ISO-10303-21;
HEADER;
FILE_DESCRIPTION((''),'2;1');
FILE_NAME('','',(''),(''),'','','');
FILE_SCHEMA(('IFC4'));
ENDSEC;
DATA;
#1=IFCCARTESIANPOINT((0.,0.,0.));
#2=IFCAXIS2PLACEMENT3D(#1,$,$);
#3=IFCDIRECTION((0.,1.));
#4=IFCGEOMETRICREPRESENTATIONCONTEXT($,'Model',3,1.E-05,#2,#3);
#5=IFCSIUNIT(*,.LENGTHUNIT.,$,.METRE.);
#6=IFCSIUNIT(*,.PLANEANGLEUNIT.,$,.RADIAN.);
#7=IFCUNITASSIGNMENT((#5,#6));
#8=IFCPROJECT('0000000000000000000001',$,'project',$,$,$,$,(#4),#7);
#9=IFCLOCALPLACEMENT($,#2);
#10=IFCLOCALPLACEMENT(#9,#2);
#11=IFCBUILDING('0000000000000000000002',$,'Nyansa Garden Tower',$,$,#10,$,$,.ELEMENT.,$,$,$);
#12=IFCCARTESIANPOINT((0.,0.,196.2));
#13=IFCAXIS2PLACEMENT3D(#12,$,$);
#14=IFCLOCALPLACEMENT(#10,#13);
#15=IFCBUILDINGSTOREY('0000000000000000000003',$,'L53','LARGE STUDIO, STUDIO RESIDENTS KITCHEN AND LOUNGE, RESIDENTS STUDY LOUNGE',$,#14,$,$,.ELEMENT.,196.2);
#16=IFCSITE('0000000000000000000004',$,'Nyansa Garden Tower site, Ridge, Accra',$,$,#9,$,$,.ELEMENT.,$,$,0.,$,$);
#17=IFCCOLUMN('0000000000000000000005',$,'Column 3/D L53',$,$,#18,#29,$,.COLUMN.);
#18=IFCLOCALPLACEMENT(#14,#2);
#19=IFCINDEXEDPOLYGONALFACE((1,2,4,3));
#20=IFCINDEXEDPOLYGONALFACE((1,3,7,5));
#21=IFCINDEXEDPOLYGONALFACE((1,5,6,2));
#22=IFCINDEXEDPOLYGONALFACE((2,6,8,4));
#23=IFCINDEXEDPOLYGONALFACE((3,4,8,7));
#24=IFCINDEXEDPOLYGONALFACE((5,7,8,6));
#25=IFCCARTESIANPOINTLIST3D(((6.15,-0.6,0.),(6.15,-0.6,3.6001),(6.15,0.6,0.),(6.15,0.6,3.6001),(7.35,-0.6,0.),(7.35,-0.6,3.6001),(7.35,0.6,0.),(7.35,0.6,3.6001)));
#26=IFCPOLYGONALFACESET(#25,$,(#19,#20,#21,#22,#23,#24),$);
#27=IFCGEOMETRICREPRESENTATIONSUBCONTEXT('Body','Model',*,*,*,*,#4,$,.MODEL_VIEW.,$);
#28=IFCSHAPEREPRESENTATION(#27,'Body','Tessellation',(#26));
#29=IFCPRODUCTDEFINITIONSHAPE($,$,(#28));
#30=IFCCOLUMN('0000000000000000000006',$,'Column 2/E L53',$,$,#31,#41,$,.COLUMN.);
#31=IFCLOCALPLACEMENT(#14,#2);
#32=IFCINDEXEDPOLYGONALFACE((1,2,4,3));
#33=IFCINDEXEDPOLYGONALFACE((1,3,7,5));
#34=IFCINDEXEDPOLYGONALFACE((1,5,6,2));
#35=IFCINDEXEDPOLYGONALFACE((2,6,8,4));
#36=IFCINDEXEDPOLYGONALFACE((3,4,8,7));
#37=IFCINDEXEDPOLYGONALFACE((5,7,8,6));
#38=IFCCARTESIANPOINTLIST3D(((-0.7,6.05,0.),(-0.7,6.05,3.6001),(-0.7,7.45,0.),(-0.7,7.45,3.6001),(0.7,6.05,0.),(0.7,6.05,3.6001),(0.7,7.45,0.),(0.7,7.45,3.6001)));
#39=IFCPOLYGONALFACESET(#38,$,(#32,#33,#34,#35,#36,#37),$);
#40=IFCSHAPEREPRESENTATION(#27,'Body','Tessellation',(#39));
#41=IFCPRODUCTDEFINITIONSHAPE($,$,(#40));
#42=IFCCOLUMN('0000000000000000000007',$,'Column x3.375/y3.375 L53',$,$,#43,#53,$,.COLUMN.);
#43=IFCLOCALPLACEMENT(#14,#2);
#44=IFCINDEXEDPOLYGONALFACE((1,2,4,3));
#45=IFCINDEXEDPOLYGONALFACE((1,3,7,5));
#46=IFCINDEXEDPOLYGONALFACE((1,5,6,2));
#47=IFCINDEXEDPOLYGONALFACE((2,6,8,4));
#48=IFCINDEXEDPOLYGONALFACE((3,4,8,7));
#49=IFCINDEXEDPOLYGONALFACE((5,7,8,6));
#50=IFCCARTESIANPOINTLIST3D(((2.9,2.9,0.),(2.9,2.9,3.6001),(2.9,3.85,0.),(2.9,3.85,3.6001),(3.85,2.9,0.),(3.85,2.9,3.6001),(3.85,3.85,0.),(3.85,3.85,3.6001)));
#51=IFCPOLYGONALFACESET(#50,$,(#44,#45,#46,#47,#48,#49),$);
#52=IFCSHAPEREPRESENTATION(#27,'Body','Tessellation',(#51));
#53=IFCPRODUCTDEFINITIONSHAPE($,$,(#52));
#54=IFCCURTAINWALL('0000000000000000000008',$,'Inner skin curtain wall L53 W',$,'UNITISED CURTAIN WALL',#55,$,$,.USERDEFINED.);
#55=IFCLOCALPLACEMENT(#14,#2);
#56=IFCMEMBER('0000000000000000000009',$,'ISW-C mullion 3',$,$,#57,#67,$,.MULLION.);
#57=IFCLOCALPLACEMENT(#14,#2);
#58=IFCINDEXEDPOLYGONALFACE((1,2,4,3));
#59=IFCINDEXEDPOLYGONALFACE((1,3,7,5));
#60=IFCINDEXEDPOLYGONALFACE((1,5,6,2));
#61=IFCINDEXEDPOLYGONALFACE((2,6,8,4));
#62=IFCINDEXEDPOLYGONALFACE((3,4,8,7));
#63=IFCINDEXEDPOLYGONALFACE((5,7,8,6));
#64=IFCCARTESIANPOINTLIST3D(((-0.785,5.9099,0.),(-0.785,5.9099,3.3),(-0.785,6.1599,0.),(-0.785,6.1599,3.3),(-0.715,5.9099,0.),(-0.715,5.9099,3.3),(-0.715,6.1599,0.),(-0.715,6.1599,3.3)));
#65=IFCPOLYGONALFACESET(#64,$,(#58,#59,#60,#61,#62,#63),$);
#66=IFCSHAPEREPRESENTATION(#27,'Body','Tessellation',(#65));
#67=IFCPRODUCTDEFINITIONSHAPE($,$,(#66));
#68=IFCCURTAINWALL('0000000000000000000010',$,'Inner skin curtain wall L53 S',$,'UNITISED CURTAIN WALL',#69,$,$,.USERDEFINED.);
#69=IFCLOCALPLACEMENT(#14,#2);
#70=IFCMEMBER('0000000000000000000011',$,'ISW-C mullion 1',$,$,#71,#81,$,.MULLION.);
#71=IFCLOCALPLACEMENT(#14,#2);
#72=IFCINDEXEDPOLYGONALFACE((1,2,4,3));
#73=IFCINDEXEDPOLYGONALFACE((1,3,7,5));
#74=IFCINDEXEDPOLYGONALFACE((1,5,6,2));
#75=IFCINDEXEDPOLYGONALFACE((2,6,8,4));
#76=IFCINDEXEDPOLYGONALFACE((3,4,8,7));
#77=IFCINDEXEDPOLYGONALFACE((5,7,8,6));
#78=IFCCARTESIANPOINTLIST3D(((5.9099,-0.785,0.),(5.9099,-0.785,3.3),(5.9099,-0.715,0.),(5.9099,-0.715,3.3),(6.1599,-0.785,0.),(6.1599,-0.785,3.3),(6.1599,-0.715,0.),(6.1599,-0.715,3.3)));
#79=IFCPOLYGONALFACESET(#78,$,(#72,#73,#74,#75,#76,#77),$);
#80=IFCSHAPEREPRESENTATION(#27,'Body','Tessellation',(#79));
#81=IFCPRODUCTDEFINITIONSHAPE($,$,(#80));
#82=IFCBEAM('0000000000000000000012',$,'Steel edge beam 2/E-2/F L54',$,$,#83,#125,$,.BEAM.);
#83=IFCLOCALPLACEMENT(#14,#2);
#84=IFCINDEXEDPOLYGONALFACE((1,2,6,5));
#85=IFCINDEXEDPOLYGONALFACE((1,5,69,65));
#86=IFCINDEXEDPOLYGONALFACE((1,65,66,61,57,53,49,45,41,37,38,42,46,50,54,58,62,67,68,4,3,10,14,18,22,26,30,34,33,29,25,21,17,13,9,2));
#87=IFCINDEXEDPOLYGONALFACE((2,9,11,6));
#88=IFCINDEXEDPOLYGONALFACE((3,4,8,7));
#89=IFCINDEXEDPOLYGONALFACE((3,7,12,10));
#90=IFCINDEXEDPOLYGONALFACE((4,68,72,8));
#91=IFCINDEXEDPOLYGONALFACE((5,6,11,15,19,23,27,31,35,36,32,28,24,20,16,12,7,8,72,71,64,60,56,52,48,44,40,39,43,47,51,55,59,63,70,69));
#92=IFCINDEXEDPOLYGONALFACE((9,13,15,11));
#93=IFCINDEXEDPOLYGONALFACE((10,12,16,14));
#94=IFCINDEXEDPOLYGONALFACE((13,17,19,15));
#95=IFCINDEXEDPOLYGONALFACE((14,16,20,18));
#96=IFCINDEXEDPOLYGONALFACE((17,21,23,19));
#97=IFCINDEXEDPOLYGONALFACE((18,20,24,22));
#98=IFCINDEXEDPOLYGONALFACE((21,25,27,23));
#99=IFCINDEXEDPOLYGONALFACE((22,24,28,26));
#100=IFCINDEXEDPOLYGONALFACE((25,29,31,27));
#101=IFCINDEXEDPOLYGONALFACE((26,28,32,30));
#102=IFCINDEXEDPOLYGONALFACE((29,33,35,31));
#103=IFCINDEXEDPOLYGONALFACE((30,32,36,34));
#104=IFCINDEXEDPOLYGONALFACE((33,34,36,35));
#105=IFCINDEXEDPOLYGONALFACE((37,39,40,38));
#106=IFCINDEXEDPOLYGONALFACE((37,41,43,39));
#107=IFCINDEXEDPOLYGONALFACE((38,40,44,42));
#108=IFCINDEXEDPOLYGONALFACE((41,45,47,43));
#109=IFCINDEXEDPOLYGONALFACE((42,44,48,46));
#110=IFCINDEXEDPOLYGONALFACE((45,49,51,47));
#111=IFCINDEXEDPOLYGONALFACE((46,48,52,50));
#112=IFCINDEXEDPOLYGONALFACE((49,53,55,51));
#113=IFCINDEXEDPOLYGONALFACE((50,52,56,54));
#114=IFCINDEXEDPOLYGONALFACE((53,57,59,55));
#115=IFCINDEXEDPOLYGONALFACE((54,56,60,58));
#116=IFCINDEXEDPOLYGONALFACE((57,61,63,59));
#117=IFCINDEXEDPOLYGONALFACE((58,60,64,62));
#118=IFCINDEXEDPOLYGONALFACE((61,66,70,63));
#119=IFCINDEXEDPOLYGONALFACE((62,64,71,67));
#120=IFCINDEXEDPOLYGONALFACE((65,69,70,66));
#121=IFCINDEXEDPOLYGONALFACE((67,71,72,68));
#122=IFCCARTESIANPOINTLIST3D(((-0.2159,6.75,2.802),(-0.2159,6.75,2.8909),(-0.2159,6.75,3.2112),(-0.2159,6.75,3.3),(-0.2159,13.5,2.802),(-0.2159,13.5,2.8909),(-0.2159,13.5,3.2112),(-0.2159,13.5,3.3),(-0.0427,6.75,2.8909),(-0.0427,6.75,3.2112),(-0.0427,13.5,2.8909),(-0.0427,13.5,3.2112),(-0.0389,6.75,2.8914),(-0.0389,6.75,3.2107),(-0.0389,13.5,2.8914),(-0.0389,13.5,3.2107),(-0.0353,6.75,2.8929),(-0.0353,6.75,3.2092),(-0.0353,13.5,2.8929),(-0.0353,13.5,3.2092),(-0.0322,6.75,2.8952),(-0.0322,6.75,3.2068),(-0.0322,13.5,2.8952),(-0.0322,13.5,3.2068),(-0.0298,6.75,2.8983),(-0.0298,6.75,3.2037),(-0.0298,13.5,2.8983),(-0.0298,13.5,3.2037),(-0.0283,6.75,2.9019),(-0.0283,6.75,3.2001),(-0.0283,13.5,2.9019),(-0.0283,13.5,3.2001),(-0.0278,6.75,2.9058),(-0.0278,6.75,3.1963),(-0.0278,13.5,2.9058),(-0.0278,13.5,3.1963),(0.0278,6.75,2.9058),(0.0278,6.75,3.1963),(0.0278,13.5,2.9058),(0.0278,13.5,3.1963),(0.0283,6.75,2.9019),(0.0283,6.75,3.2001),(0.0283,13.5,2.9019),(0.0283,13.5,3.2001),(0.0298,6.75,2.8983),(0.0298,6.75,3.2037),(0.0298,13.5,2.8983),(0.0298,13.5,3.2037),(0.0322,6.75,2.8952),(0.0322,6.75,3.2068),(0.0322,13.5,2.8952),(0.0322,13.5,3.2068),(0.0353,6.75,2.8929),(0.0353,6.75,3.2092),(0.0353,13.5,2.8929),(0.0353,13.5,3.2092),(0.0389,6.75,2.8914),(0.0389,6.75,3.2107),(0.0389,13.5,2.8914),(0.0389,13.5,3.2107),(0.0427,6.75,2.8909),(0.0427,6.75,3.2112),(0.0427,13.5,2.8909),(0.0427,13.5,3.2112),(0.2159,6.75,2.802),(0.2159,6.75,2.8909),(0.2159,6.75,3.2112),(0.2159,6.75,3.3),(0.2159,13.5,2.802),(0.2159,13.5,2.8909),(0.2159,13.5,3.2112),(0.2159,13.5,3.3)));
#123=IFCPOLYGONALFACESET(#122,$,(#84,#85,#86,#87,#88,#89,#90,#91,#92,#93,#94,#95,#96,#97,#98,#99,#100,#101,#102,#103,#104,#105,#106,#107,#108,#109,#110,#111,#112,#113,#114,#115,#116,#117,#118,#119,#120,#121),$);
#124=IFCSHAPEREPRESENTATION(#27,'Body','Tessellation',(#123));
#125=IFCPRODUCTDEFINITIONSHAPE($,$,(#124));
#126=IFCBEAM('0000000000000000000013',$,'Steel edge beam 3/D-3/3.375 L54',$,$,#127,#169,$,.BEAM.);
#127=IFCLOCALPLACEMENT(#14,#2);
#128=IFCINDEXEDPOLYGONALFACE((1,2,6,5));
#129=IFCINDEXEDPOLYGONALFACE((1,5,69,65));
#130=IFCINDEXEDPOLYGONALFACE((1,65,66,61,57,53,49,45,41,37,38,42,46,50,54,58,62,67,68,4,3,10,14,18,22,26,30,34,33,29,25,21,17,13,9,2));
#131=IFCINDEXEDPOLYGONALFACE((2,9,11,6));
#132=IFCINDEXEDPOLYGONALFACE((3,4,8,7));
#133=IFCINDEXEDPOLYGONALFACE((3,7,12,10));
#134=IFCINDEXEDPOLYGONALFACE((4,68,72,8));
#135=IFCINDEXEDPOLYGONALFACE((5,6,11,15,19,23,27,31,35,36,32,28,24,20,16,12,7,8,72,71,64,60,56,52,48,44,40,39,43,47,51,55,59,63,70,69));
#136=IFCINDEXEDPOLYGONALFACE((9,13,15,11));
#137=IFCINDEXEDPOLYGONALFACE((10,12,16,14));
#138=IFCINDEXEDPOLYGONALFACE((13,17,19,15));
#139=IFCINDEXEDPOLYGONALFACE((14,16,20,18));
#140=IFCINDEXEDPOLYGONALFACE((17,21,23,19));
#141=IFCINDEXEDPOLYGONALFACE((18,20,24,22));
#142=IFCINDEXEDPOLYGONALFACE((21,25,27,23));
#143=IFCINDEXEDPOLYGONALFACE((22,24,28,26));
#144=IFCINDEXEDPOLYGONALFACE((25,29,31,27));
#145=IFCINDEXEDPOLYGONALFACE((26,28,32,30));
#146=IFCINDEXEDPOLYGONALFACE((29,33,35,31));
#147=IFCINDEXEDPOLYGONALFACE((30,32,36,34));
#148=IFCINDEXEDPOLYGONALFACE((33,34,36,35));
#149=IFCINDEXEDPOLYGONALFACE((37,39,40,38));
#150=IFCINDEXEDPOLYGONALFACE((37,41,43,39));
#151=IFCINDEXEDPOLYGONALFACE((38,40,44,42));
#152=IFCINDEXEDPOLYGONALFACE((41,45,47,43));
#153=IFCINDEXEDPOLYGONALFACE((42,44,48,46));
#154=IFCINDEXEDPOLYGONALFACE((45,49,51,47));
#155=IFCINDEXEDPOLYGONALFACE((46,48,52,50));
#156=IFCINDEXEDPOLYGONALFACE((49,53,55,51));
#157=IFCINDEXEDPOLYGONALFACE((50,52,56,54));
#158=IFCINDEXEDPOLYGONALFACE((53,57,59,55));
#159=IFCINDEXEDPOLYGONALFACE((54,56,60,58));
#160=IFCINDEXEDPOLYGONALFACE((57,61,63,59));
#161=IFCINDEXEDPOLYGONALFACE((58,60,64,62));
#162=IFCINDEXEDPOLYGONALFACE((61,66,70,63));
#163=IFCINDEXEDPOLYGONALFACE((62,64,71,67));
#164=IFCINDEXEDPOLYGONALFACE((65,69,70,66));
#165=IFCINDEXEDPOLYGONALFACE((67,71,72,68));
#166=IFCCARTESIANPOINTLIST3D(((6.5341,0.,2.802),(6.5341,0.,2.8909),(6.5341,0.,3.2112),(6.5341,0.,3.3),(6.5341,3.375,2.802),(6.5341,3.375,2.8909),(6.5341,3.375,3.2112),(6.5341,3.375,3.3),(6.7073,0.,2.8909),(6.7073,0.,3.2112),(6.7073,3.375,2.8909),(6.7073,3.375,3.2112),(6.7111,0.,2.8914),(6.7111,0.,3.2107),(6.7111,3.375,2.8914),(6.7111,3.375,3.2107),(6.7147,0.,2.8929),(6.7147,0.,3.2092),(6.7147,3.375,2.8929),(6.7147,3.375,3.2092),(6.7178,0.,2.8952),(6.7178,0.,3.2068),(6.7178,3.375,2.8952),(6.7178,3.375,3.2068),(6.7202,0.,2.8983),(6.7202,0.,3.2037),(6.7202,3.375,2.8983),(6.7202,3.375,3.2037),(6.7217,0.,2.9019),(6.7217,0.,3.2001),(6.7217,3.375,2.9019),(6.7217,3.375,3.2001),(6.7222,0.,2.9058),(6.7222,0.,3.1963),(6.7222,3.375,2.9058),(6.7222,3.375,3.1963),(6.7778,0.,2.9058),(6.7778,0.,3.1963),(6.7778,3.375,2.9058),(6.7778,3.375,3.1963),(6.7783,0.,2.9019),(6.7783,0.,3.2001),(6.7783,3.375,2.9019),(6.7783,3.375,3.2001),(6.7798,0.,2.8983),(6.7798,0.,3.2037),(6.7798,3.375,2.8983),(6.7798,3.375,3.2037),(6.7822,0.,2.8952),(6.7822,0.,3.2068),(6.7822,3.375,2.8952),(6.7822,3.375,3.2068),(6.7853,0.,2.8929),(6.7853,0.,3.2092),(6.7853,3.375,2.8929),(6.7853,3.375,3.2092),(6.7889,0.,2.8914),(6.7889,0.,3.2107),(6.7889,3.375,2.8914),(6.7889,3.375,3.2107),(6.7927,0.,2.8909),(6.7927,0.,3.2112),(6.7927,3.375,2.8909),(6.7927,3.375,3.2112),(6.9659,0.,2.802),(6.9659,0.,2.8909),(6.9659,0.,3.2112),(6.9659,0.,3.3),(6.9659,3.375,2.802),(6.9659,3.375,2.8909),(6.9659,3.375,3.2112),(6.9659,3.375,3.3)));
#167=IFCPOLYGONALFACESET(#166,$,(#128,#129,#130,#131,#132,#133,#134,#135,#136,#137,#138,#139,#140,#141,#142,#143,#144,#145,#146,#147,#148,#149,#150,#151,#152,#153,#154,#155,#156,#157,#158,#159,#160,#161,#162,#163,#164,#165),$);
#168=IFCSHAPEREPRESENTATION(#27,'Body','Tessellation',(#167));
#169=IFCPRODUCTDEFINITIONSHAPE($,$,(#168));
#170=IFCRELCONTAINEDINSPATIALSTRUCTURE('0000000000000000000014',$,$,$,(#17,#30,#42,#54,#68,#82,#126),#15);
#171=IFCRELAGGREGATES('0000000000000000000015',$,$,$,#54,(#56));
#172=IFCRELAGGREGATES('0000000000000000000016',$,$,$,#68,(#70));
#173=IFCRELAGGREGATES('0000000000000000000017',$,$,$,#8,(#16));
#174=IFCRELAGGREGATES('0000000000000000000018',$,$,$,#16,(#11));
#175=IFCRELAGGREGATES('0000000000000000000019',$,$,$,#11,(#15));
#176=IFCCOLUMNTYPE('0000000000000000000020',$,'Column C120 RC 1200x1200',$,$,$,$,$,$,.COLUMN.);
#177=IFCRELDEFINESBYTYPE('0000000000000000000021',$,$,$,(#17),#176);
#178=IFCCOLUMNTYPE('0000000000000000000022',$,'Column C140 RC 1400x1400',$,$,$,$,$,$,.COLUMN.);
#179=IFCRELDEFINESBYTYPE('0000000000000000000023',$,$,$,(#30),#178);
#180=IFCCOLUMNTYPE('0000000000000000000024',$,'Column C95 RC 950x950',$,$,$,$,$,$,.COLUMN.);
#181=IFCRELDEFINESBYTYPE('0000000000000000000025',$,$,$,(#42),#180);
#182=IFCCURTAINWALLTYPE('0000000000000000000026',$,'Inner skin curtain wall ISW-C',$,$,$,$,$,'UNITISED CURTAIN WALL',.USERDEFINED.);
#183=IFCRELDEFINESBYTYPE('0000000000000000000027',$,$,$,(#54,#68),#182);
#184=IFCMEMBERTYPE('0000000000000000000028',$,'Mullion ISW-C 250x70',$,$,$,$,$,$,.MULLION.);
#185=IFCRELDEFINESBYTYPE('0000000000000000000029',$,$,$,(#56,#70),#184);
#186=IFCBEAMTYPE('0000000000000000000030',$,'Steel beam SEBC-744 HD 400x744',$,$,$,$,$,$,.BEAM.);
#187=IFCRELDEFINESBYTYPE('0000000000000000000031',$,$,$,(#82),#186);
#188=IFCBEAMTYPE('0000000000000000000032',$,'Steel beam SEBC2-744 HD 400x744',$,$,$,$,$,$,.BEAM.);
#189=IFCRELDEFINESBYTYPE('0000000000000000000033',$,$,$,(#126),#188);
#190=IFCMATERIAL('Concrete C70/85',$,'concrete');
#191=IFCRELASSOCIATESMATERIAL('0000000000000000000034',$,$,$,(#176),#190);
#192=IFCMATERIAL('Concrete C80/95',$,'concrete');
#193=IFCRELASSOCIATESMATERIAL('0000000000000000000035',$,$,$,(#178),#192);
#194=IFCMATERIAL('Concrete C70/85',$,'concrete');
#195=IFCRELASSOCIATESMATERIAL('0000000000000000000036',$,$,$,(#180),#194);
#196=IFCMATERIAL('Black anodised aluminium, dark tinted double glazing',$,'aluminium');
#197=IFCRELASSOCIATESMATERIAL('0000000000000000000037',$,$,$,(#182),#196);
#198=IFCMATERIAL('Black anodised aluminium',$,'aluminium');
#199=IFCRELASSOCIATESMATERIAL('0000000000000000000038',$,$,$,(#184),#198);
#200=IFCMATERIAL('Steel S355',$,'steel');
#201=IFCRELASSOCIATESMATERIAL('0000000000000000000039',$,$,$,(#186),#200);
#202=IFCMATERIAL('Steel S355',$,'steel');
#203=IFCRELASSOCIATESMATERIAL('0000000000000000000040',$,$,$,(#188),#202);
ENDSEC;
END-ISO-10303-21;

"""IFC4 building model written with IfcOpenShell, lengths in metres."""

from ifc_helpers import new_model, si_unit, direction, frame, origin, origin_2d, place, context, subcontext, project, spatial, rectangle, i_section, extrude, material, material_profile, profile_set, type_object, element, aggregate, save


model = new_model("IFC4")

# Units and contexts
model_context = context("Model", 3, precision=1e-05, world=origin(), true_north=direction((0.0, 1.0)))
body_context = subcontext(model_context, "Body", "Model", "MODEL_VIEW")
ifc_project = project(units=[si_unit("LENGTHUNIT", "METRE"), si_unit("PLANEANGLEUNIT", "RADIAN")], contexts=[model_context])

# Site, building, storey
site_placement = place(None, origin())
site = spatial("IfcSite", under=ifc_project, at=site_placement, Name="Nyansa Garden Tower site, Ridge, Accra", CompositionType="ELEMENT", RefElevation=0.0)
building_placement = place(site_placement, origin())
building = spatial("IfcBuilding", under=site, at=building_placement, Name="Nyansa Garden Tower", CompositionType="ELEMENT")
storey_placement = place(building_placement, frame((0.0, 0.0, 196.2)))
storey = spatial("IfcBuildingStorey", under=building, at=storey_placement, Name="L53", Description="LARGE STUDIO, STUDIO RESIDENTS KITCHEN AND LOUNGE, RESIDENTS STUDY LOUNGE", CompositionType="ELEMENT", Elevation=196.2)

# Columns
ifc_material_1 = material(Name="Concrete C70/85", Category="concrete")
ifc_material_profile_1 = material_profile(ifc_material_1, rectangle(XDim=1.2, YDim=1.2, at=origin_2d()), Name="RC 1200x1200")
ifc_profile_set_1 = profile_set([ifc_material_profile_1], Name="Concrete C70/85")
column_type_1 = type_object("IfcColumnType", Name="Column C120 RC 1200x1200", PredefinedType="COLUMN", material=ifc_profile_set_1)
column_1_placement = place(storey_placement, frame((6.75, 0.0, 0.0), z_axis=(0.0, 0.0, 1.0), x_axis=(1.0, 0.0, 0.0)))
element("IfcColumn", 1, at=column_1_placement, inside=storey, type_object=column_type_1, Name="Column 3/D L53", PredefinedType="COLUMN", context=body_context, shape_type="SweptSolid", body=[
    extrude(rectangle(XDim=1.2, YDim=1.2, at=origin_2d()), origin(), (0.0, 0.0, 1.0), 3.6001),
])
ifc_material_2 = material(Name="Concrete C80/95", Category="concrete")
ifc_material_profile_2 = material_profile(ifc_material_2, rectangle(XDim=1.3999, YDim=1.3999, at=origin_2d()), Name="RC 1400x1400")
ifc_profile_set_2 = profile_set([ifc_material_profile_2], Name="Concrete C80/95")
column_type_2 = type_object("IfcColumnType", Name="Column C140 RC 1400x1400", PredefinedType="COLUMN", material=ifc_profile_set_2)
column_2_placement = place(storey_placement, frame((0.0, 6.75, 0.0), z_axis=(0.0, 0.0, 1.0), x_axis=(1.0, 0.0, 0.0)))
element("IfcColumn", 2, at=column_2_placement, inside=storey, type_object=column_type_2, Name="Column 2/E L53", PredefinedType="COLUMN", context=body_context, shape_type="SweptSolid", body=[
    extrude(rectangle(XDim=1.3999, YDim=1.3999, at=origin_2d()), origin(), (0.0, 0.0, 1.0), 3.6001),
])
ifc_material_3 = material(Name="Concrete C70/85", Category="concrete")
ifc_material_profile_3 = material_profile(ifc_material_3, rectangle(XDim=0.95, YDim=0.95, at=origin_2d()), Name="RC 950x950")
ifc_profile_set_3 = profile_set([ifc_material_profile_3], Name="Concrete C70/85")
column_type_3 = type_object("IfcColumnType", Name="Column C95 RC 950x950", PredefinedType="COLUMN", material=ifc_profile_set_3)
column_3_placement = place(storey_placement, frame((3.375, 3.375, 0.0), z_axis=(0.0, 0.0, 1.0), x_axis=(1.0, 0.0, 0.0)))
element("IfcColumn", 3, at=column_3_placement, inside=storey, type_object=column_type_3, Name="Column x3.375/y3.375 L53", PredefinedType="COLUMN", context=body_context, shape_type="SweptSolid", body=[
    extrude(rectangle(XDim=0.95, YDim=0.95, at=origin_2d()), origin(), (0.0, 0.0, 1.0), 3.6001),
])

# Curtain walls, members
ifc_material_4 = material(Name="Black anodised aluminium, dark tinted double glazing", Category="aluminium")
curtain_wall_type = type_object("IfcCurtainWallType", Name="Inner skin curtain wall ISW-C", ElementType="UNITISED CURTAIN WALL", PredefinedType="USERDEFINED", material=ifc_material_4)
curtain_wall_1_placement = place(storey_placement, origin())
curtain_wall_1 = element("IfcCurtainWall", 4, at=curtain_wall_1_placement, inside=storey, type_object=curtain_wall_type, Name="Inner skin curtain wall L53 W", ObjectType="UNITISED CURTAIN WALL", PredefinedType="USERDEFINED")
ifc_material_5 = material(Name="Black anodised aluminium", Category="aluminium")
ifc_material_profile_4 = material_profile(ifc_material_5, rectangle(XDim=0.0701, YDim=0.25, at=origin_2d()), Name="Mullion 250x70")
ifc_profile_set_4 = profile_set([ifc_material_profile_4], Name="Black anodised aluminium")
member_type_1 = type_object("IfcMemberType", Name="Mullion ISW-C 250x70", PredefinedType="MULLION", material=ifc_profile_set_4)
member_1_placement = place(storey_placement, frame((-0.75, 6.0349, 0.0), z_axis=(0.0, 0.0, 1.0), x_axis=(1.0, 0.0, 0.0)))
member_1 = element("IfcMember", 5, at=member_1_placement, type_object=member_type_1, Name="ISW-C mullion 3", PredefinedType="MULLION", context=body_context, shape_type="SweptSolid", body=[
    extrude(rectangle(XDim=0.0701, YDim=0.25, at=origin_2d()), origin(), (0.0, 0.0, 1.0), 3.3),
])
aggregate(curtain_wall_1, [member_1])
curtain_wall_2_placement = place(storey_placement, origin())
curtain_wall_2 = element("IfcCurtainWall", 6, at=curtain_wall_2_placement, inside=storey, type_object=curtain_wall_type, Name="Inner skin curtain wall L53 S", ObjectType="UNITISED CURTAIN WALL", PredefinedType="USERDEFINED")
member_2_placement = place(storey_placement, frame((6.0349, -0.75, 0.0), z_axis=(0.0, 0.0, 1.0), x_axis=(0.0, 1.0, 0.0)))
member_2 = element("IfcMember", 7, at=member_2_placement, type_object=member_type_1, Name="ISW-C mullion 1", PredefinedType="MULLION", context=body_context, shape_type="SweptSolid", body=[
    extrude(rectangle(XDim=0.0701, YDim=0.25, at=origin_2d()), origin(), (0.0, 0.0, 1.0), 3.3),
])

# Beams
ifc_material_6 = material(Name="Steel S355", Category="steel")
ifc_material_profile_5 = material_profile(ifc_material_6, i_section(OverallWidth=0.4319, OverallDepth=0.498, WebThickness=0.0557, FlangeThickness=0.0889, FilletRadius=0.0149, at=origin_2d()), Name="HD 400x744")
ifc_profile_set_5 = profile_set([ifc_material_profile_5], Name="Steel S355")
beam_type_1 = type_object("IfcBeamType", Name="Steel beam SEBC-744 HD 400x744", PredefinedType="BEAM", material=ifc_profile_set_5)
beam_1_placement = place(storey_placement, frame((0.0, 6.75, 3.051), z_axis=(0.0, 1.0, 0.0), x_axis=(-1.0, 0.0, 0.0)))
element("IfcBeam", 8, at=beam_1_placement, inside=storey, type_object=beam_type_1, Name="Steel edge beam 2/E-2/F L54", PredefinedType="BEAM", context=body_context, shape_type="SweptSolid", body=[
    extrude(i_section(OverallWidth=0.4319, OverallDepth=0.498, WebThickness=0.0557, FlangeThickness=0.0889, FilletRadius=0.0149, at=origin_2d()), origin(), (0.0, 0.0, 1.0), 6.75),
])
ifc_material_7 = material(Name="Steel S355", Category="steel")
ifc_material_profile_6 = material_profile(ifc_material_7, i_section(OverallWidth=0.4319, OverallDepth=0.498, WebThickness=0.0557, FlangeThickness=0.0889, FilletRadius=0.0149, at=origin_2d()), Name="HD 400x744")
ifc_profile_set_6 = profile_set([ifc_material_profile_6], Name="Steel S355")
beam_type_2 = type_object("IfcBeamType", Name="Steel beam SEBC2-744 HD 400x744", PredefinedType="BEAM", material=ifc_profile_set_6)
beam_2_placement = place(storey_placement, frame((6.75, 0.0, 3.051), z_axis=(0.0, 1.0, 0.0), x_axis=(-1.0, 0.0, 0.0)))
element("IfcBeam", 9, at=beam_2_placement, inside=storey, type_object=beam_type_2, Name="Steel edge beam 3/D-3/3.375 L54", PredefinedType="BEAM", context=body_context, shape_type="SweptSolid", body=[
    extrude(i_section(OverallWidth=0.4319, OverallDepth=0.498, WebThickness=0.0557, FlangeThickness=0.0889, FilletRadius=0.0149, at=origin_2d()), origin(), (0.0, 0.0, 1.0), 3.375),
])

aggregate(curtain_wall_2, [member_2])

save(model, "model.ifc")
